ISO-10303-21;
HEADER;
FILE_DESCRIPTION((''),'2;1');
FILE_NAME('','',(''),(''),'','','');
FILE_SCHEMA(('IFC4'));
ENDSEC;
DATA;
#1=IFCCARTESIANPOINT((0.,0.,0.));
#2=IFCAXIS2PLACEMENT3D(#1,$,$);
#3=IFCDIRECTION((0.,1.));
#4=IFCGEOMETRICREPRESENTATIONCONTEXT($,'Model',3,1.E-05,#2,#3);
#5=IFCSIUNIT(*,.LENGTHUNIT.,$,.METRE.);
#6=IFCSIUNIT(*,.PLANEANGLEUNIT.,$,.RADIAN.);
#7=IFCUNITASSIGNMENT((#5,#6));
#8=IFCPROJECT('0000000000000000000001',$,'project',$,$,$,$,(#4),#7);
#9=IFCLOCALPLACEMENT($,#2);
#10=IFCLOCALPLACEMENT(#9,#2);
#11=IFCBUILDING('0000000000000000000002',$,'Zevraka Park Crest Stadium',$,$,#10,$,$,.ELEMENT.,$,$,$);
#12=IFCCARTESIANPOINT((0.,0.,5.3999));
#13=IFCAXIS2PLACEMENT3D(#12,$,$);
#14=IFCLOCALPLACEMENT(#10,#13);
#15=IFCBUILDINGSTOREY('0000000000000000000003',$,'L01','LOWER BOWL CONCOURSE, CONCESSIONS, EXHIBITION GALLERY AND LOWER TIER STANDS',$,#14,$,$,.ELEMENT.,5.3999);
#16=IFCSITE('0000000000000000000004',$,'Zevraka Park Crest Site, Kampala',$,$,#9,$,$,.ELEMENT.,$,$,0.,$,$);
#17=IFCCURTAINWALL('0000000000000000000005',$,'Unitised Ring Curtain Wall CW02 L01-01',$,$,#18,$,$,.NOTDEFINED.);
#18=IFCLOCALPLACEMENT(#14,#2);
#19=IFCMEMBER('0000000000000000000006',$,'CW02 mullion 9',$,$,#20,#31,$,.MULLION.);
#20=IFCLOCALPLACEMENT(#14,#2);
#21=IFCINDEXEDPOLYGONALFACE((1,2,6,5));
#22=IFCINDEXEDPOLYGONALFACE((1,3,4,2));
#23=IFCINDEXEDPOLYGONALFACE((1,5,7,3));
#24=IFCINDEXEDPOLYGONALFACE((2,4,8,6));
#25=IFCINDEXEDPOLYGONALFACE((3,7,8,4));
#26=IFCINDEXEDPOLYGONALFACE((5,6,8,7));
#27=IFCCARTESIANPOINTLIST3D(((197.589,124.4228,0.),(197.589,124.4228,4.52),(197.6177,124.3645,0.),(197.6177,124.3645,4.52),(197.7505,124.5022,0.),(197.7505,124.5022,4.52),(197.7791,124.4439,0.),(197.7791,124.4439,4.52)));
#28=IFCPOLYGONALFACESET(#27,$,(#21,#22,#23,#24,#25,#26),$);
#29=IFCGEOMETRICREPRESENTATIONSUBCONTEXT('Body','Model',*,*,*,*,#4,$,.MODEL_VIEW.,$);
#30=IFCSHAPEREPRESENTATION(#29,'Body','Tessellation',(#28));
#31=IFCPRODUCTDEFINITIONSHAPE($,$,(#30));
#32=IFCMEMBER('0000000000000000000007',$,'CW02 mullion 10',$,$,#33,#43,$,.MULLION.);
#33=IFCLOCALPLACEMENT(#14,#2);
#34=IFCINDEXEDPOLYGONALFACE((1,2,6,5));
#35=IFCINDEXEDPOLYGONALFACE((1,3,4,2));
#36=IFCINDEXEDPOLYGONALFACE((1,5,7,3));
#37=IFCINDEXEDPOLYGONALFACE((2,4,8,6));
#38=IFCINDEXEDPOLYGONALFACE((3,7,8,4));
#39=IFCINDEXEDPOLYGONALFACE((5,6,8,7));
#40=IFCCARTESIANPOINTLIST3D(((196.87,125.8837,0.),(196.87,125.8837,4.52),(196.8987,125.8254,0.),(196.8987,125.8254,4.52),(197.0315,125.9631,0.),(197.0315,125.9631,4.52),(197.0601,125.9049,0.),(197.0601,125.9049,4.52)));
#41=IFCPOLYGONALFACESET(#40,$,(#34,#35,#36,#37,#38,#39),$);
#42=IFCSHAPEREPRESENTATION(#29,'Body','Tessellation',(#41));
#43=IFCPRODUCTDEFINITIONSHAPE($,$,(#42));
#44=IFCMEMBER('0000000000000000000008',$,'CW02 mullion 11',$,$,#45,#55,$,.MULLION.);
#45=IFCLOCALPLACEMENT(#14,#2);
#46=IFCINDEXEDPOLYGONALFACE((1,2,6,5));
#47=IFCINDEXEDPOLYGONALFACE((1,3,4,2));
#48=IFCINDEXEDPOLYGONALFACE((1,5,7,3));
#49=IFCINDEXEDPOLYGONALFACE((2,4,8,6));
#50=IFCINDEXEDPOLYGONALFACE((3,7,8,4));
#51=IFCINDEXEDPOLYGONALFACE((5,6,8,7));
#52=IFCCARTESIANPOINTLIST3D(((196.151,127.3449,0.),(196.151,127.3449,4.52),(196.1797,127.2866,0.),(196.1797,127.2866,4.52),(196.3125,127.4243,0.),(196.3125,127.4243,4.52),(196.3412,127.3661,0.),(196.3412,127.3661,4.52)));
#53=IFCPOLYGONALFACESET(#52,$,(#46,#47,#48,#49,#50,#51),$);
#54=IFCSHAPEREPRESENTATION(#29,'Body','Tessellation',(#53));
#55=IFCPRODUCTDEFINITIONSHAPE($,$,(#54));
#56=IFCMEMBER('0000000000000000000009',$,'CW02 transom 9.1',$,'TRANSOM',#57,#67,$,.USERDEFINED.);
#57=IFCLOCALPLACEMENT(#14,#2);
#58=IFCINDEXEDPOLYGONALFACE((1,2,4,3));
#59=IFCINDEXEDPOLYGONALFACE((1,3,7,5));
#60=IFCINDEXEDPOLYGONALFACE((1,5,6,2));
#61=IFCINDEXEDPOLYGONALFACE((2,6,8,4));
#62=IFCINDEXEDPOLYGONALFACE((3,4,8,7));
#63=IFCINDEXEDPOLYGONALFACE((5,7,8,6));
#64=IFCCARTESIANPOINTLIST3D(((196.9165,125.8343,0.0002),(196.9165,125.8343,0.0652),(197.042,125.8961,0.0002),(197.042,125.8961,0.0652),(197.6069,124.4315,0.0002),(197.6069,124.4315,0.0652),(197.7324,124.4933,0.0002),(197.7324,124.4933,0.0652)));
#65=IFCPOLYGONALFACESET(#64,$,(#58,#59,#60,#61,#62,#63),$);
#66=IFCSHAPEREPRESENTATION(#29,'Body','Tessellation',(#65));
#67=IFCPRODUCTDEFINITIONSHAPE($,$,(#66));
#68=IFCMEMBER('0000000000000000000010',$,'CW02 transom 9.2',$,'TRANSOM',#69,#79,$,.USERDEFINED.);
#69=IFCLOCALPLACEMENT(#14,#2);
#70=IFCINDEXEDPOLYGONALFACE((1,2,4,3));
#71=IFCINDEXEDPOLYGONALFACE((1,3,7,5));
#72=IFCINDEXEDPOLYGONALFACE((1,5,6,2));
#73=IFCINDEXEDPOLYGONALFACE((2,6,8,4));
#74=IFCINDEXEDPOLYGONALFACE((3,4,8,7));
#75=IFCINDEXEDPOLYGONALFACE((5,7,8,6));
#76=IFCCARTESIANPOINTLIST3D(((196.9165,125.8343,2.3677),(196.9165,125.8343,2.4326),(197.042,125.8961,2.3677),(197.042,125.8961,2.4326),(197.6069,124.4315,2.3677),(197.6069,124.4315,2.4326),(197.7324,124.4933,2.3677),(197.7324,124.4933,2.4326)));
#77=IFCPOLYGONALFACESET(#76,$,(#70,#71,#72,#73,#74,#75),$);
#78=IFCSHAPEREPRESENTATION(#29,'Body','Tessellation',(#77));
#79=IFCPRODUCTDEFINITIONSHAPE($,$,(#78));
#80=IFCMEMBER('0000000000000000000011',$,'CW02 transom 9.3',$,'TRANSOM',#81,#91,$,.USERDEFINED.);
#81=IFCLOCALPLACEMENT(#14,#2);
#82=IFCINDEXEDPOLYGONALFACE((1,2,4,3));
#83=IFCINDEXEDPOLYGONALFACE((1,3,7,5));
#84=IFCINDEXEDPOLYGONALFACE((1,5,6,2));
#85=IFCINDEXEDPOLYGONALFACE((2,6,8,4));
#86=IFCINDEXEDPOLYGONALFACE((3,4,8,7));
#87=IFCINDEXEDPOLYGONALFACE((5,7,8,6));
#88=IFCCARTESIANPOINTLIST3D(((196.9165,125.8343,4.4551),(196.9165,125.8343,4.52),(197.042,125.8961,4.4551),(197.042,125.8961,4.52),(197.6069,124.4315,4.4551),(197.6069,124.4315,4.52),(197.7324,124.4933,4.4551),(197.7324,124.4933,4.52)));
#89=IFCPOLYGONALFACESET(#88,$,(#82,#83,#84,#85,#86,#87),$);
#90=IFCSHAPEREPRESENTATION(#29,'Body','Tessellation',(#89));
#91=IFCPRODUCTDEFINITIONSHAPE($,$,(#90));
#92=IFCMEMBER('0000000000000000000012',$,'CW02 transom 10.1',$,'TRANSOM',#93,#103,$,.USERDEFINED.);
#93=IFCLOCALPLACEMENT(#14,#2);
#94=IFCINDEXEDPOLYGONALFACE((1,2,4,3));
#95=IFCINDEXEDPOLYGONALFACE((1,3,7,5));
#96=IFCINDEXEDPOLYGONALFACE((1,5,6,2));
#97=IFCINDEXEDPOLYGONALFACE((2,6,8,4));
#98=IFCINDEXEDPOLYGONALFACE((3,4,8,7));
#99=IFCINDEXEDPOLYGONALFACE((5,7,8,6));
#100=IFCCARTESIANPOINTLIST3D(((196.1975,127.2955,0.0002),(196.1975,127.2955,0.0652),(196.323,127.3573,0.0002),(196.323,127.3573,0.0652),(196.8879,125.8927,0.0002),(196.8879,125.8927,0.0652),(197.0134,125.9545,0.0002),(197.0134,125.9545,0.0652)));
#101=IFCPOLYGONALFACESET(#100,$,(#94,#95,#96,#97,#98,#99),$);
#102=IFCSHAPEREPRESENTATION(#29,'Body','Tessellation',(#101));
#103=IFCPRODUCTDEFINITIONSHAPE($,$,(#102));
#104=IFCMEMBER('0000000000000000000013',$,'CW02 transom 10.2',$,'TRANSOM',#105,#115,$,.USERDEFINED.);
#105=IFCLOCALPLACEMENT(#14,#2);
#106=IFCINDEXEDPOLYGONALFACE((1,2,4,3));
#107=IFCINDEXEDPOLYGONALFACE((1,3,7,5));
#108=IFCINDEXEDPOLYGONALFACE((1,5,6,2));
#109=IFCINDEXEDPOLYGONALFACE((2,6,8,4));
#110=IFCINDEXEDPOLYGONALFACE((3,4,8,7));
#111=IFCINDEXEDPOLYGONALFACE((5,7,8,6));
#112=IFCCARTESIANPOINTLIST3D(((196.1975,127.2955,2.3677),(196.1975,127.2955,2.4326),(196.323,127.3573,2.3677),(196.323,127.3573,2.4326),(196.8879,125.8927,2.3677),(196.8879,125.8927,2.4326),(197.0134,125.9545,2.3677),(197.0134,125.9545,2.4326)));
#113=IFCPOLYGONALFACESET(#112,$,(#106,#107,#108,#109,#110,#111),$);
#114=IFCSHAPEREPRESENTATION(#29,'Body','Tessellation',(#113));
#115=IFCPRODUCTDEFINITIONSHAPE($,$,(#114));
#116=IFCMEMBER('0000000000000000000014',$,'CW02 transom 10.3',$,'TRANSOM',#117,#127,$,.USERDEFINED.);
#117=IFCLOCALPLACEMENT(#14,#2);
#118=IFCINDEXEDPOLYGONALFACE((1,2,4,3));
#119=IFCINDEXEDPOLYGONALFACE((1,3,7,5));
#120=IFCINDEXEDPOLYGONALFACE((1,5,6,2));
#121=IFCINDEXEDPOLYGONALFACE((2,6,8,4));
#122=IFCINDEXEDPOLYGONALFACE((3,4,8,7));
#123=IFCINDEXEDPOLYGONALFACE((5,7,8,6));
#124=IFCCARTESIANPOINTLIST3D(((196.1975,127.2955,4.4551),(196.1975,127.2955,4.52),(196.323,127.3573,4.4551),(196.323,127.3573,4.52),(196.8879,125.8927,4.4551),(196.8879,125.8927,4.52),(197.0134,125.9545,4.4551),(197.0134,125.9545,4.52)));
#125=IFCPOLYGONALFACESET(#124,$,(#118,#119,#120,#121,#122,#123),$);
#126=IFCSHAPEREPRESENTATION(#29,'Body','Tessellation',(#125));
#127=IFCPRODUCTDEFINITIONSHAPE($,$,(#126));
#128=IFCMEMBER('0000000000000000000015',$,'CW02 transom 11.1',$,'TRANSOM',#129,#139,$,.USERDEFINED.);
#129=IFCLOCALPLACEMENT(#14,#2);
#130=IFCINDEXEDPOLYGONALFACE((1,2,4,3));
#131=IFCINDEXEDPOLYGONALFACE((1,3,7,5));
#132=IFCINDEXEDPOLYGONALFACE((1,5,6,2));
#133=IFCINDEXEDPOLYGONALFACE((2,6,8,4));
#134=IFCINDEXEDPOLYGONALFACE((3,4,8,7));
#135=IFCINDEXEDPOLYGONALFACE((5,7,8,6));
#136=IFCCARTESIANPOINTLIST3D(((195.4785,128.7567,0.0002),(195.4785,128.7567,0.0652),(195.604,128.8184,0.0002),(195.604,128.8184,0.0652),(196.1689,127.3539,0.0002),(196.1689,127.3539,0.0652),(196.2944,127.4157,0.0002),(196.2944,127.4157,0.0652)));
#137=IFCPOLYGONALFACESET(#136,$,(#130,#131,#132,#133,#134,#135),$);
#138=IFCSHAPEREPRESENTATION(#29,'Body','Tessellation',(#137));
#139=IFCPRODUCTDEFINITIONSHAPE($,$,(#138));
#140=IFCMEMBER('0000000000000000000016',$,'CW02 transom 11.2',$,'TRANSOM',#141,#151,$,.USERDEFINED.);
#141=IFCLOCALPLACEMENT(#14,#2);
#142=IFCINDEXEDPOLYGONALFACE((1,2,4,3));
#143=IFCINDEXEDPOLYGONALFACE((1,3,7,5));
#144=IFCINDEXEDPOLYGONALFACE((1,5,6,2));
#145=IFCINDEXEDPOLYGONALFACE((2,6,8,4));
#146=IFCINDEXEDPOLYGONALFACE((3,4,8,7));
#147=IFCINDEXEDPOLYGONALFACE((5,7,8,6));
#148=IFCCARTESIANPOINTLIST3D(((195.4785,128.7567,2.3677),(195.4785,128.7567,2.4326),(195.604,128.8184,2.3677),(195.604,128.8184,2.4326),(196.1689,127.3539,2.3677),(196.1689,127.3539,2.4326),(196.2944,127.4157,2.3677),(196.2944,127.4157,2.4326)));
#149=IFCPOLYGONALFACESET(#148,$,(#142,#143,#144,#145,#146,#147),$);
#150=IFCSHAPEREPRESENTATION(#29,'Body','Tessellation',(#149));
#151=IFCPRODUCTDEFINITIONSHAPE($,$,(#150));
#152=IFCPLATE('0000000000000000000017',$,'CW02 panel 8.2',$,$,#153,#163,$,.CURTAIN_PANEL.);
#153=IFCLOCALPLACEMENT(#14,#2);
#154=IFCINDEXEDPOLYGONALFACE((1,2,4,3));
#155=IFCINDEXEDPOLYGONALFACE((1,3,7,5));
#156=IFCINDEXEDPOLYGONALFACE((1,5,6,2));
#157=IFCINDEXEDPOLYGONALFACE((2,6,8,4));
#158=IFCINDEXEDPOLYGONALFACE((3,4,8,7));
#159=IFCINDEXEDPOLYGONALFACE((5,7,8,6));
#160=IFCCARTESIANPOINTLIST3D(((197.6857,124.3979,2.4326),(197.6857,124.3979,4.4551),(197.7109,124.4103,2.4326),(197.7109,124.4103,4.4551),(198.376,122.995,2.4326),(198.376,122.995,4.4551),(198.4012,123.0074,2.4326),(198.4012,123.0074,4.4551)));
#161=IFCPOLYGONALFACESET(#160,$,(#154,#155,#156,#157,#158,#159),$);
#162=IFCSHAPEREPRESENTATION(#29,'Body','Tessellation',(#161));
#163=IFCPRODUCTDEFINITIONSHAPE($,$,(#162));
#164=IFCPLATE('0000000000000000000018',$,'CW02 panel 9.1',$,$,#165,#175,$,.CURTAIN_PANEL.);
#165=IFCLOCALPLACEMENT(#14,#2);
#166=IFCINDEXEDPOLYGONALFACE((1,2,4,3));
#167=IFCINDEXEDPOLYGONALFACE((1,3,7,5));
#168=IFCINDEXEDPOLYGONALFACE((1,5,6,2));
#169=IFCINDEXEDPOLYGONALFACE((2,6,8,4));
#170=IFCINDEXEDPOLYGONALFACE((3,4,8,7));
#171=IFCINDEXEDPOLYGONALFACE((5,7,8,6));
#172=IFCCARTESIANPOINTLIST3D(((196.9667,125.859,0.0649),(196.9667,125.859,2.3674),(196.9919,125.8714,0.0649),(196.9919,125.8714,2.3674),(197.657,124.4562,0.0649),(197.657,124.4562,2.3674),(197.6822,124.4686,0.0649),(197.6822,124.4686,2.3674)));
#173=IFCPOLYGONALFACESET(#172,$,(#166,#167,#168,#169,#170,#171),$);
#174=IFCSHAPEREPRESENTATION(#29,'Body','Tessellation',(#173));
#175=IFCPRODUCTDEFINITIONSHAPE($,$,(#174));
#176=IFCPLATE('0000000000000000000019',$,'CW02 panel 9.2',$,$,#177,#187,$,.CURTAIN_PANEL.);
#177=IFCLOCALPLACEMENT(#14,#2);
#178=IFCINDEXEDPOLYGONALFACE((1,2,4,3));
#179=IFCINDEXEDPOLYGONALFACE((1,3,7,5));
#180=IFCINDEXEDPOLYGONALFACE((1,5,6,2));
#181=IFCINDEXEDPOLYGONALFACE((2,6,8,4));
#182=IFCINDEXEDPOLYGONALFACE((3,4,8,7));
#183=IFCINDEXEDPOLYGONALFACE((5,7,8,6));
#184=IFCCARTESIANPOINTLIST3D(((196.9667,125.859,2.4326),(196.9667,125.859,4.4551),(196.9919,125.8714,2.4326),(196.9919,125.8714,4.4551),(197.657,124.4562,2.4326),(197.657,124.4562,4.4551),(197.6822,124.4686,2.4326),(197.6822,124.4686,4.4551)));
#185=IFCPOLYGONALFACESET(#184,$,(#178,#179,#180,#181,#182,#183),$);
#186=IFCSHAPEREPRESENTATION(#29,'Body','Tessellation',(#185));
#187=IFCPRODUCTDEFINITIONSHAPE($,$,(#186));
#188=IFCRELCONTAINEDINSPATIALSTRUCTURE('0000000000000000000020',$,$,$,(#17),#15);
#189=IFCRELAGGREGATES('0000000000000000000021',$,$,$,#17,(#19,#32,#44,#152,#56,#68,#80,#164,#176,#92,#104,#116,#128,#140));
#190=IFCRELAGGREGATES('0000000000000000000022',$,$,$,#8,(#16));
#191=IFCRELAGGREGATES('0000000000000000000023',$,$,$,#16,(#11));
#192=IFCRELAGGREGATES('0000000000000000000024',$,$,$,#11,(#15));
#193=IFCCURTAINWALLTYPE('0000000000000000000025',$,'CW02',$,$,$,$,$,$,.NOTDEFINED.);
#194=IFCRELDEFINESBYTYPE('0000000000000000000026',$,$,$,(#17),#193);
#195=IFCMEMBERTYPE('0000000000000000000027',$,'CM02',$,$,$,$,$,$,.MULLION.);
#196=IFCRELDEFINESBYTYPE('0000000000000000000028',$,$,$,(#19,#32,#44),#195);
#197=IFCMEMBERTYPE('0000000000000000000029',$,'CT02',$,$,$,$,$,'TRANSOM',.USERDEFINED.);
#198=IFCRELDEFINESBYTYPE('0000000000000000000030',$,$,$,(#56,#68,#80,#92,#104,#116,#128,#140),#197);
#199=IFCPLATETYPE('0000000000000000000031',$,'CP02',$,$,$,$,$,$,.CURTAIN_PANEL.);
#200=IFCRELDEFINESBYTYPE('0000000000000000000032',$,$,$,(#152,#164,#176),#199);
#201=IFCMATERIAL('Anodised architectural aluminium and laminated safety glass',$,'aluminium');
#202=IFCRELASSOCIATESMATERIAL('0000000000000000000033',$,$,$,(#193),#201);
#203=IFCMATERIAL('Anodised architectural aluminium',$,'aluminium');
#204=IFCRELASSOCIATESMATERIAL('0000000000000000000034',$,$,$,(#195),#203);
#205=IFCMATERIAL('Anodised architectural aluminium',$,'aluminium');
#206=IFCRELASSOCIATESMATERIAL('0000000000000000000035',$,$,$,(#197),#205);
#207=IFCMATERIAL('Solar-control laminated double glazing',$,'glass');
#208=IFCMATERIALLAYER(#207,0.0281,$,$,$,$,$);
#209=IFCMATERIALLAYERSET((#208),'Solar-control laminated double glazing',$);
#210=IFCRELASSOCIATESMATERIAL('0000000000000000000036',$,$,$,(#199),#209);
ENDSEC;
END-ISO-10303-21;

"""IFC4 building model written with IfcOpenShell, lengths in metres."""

from ifc_helpers import new_model, si_unit, direction, frame, origin, origin_2d, place, context, subcontext, project, spatial, rectangle, extrude, material, layer, layer_set, material_profile, profile_set, type_object, element, aggregate, save


model = new_model("IFC4")

# Units and contexts
model_context = context("Model", 3, precision=1e-05, world=origin(), true_north=direction((0.0, 1.0)))
body_context = subcontext(model_context, "Body", "Model", "MODEL_VIEW")
ifc_project = project(units=[si_unit("LENGTHUNIT", "METRE"), si_unit("PLANEANGLEUNIT", "RADIAN")], contexts=[model_context])

# Site, building, storey
site_placement = place(None, origin())
site = spatial("IfcSite", under=ifc_project, at=site_placement, Name="Zevraka Park Crest Site, Kampala", CompositionType="ELEMENT", RefElevation=0.0)
building_placement = place(site_placement, origin())
building = spatial("IfcBuilding", under=site, at=building_placement, Name="Zevraka Park Crest Stadium", CompositionType="ELEMENT")
storey_placement = place(building_placement, frame((0.0, 0.0, 5.3999)))
storey = spatial("IfcBuildingStorey", under=building, at=storey_placement, Name="L01", Description="LOWER BOWL CONCOURSE, CONCESSIONS, EXHIBITION GALLERY AND LOWER TIER STANDS", CompositionType="ELEMENT", Elevation=5.3999)

# Curtain wall, members, plates
ifc_material_1 = material(Name="Anodised architectural aluminium and laminated safety glass", Category="aluminium")
curtain_wall_type = type_object("IfcCurtainWallType", Name="CW02", PredefinedType="NOTDEFINED", material=ifc_material_1)
curtain_wall_placement = place(storey_placement, origin())
curtain_wall = element("IfcCurtainWall", 1, at=curtain_wall_placement, inside=storey, type_object=curtain_wall_type, Name="Unitised Ring Curtain Wall CW02 L01-01", PredefinedType="NOTDEFINED")
ifc_material_2 = material(Name="Anodised architectural aluminium", Category="aluminium")
ifc_material_profile_1 = material_profile(ifc_material_2, rectangle(XDim=0.1799, YDim=0.0649, at=origin_2d()), Name="ALU MULLION 180x65")
ifc_profile_set_1 = profile_set([ifc_material_profile_1], Name="Anodised architectural aluminium")
member_type_1 = type_object("IfcMemberType", Name="CM02", PredefinedType="MULLION", material=ifc_profile_set_1)
member_1_placement = place(storey_placement, frame((197.6841, 124.4333, 0.0), z_axis=(0.0, 0.0, 1.0), x_axis=(-0.897253, -0.441517, 0.0)))
member_1 = element("IfcMember", 2, at=member_1_placement, type_object=member_type_1, Name="CW02 mullion 9", PredefinedType="MULLION", context=body_context, shape_type="SweptSolid", body=[
    extrude(rectangle(XDim=0.1799, YDim=0.0649, at=origin_2d()), origin(), (0.0, 0.0, 1.0), 4.52),
])
member_2_placement = place(storey_placement, frame((196.9651, 125.8943, 0.0), z_axis=(0.0, 0.0, 1.0), x_axis=(-0.897253, -0.441517, 0.0)))
member_2 = element("IfcMember", 3, at=member_2_placement, type_object=member_type_1, Name="CW02 mullion 10", PredefinedType="MULLION", context=body_context, shape_type="SweptSolid", body=[
    extrude(rectangle(XDim=0.1799, YDim=0.0649, at=origin_2d()), origin(), (0.0, 0.0, 1.0), 4.52),
])
member_3_placement = place(storey_placement, frame((196.2461, 127.3555, 0.0), z_axis=(0.0, 0.0, 1.0), x_axis=(-0.897253, -0.441517, 0.0)))
member_3 = element("IfcMember", 4, at=member_3_placement, type_object=member_type_1, Name="CW02 mullion 11", PredefinedType="MULLION", context=body_context, shape_type="SweptSolid", body=[
    extrude(rectangle(XDim=0.1799, YDim=0.0649, at=origin_2d()), origin(), (0.0, 0.0, 1.0), 4.52),
])
ifc_material_3 = material(Name="Anodised architectural aluminium", Category="aluminium")
ifc_material_profile_2 = material_profile(ifc_material_3, rectangle(XDim=0.1399, YDim=0.0649, at=origin_2d()), Name="ALU TRANSOM 140x65")
ifc_profile_set_2 = profile_set([ifc_material_profile_2], Name="Anodised architectural aluminium")
member_type_2 = type_object("IfcMemberType", Name="CT02", ElementType="TRANSOM", PredefinedType="USERDEFINED", material=ifc_profile_set_2)
member_4_placement = place(storey_placement, frame((197.6697, 124.4624, 0.0327), z_axis=(-0.441583, 0.89722, 0.0), x_axis=(-0.89722, -0.441583, 0.0)))
member_4 = element("IfcMember", 5, at=member_4_placement, type_object=member_type_2, Name="CW02 transom 9.1", ObjectType="TRANSOM", PredefinedType="USERDEFINED", context=body_context, shape_type="SweptSolid", body=[
    extrude(rectangle(XDim=0.1399, YDim=0.0649, at=origin_2d()), origin(), (0.0, 0.0, 1.0), 1.5635),
])
member_5_placement = place(storey_placement, frame((197.6697, 124.4624, 2.4001), z_axis=(-0.441583, 0.89722, 0.0), x_axis=(-0.89722, -0.441583, 0.0)))
member_5 = element("IfcMember", 6, at=member_5_placement, type_object=member_type_2, Name="CW02 transom 9.2", ObjectType="TRANSOM", PredefinedType="USERDEFINED", context=body_context, shape_type="SweptSolid", body=[
    extrude(rectangle(XDim=0.1399, YDim=0.0649, at=origin_2d()), origin(), (0.0, 0.0, 1.0), 1.5635),
])
member_6_placement = place(storey_placement, frame((197.6697, 124.4624, 4.4875), z_axis=(-0.441583, 0.89722, 0.0), x_axis=(-0.89722, -0.441583, 0.0)))
member_6 = element("IfcMember", 7, at=member_6_placement, type_object=member_type_2, Name="CW02 transom 9.3", ObjectType="TRANSOM", PredefinedType="USERDEFINED", context=body_context, shape_type="SweptSolid", body=[
    extrude(rectangle(XDim=0.1399, YDim=0.0649, at=origin_2d()), origin(), (0.0, 0.0, 1.0), 1.5635),
])
member_7_placement = place(storey_placement, frame((196.9507, 125.9236, 0.0327), z_axis=(-0.441583, 0.89722, 0.0), x_axis=(-0.89722, -0.441583, 0.0)))
member_7 = element("IfcMember", 8, at=member_7_placement, type_object=member_type_2, Name="CW02 transom 10.1", ObjectType="TRANSOM", PredefinedType="USERDEFINED", context=body_context, shape_type="SweptSolid", body=[
    extrude(rectangle(XDim=0.1399, YDim=0.0649, at=origin_2d()), origin(), (0.0, 0.0, 1.0), 1.5635),
])
member_8_placement = place(storey_placement, frame((196.9507, 125.9236, 2.4001), z_axis=(-0.441583, 0.89722, 0.0), x_axis=(-0.89722, -0.441583, 0.0)))
member_8 = element("IfcMember", 9, at=member_8_placement, type_object=member_type_2, Name="CW02 transom 10.2", ObjectType="TRANSOM", PredefinedType="USERDEFINED", context=body_context, shape_type="SweptSolid", body=[
    extrude(rectangle(XDim=0.1399, YDim=0.0649, at=origin_2d()), origin(), (0.0, 0.0, 1.0), 1.5635),
])
member_9_placement = place(storey_placement, frame((196.9507, 125.9236, 4.4875), z_axis=(-0.441583, 0.89722, 0.0), x_axis=(-0.89722, -0.441583, 0.0)))
member_9 = element("IfcMember", 10, at=member_9_placement, type_object=member_type_2, Name="CW02 transom 10.3", ObjectType="TRANSOM", PredefinedType="USERDEFINED", context=body_context, shape_type="SweptSolid", body=[
    extrude(rectangle(XDim=0.1399, YDim=0.0649, at=origin_2d()), origin(), (0.0, 0.0, 1.0), 1.5635),
])
member_10_placement = place(storey_placement, frame((196.2317, 127.3848, 0.0327), z_axis=(-0.441583, 0.89722, 0.0), x_axis=(-0.89722, -0.441583, 0.0)))
member_10 = element("IfcMember", 11, at=member_10_placement, type_object=member_type_2, Name="CW02 transom 11.1", ObjectType="TRANSOM", PredefinedType="USERDEFINED", context=body_context, shape_type="SweptSolid", body=[
    extrude(rectangle(XDim=0.1399, YDim=0.0649, at=origin_2d()), origin(), (0.0, 0.0, 1.0), 1.5635),
])
member_11_placement = place(storey_placement, frame((196.2317, 127.3848, 2.4001), z_axis=(-0.441583, 0.89722, 0.0), x_axis=(-0.89722, -0.441583, 0.0)))
member_11 = element("IfcMember", 12, at=member_11_placement, type_object=member_type_2, Name="CW02 transom 11.2", ObjectType="TRANSOM", PredefinedType="USERDEFINED", context=body_context, shape_type="SweptSolid", body=[
    extrude(rectangle(XDim=0.1399, YDim=0.0649, at=origin_2d()), origin(), (0.0, 0.0, 1.0), 1.5635),
])
ifc_material_4 = material(Name="Solar-control laminated double glazing", Category="glass")
ifc_layer_1 = layer(ifc_material_4, 0.0281)
ifc_layer_set_1 = layer_set([ifc_layer_1], Name="Solar-control laminated double glazing")
plate_type = type_object("IfcPlateType", Name="CP02", PredefinedType="CURTAIN_PANEL", material=ifc_layer_set_1)
plate_1_placement = place(storey_placement, frame((198.0435, 123.7026, 2.4326), z_axis=(0.0, 0.0, 1.0), x_axis=(-0.441517, 0.897253, 0.0)))
plate_1 = element("IfcPlate", 13, at=plate_1_placement, type_object=plate_type, Name="CW02 panel 8.2", PredefinedType="CURTAIN_PANEL", context=body_context, shape_type="SweptSolid", body=[
    extrude(rectangle(XDim=1.5635, YDim=0.0281, at=origin_2d()), origin(), (0.0, 0.0, 1.0), 2.0225),
])
plate_2_placement = place(storey_placement, frame((197.3245, 125.1638, 0.0649), z_axis=(0.0, 0.0, 1.0), x_axis=(-0.441517, 0.897253, 0.0)))
plate_2 = element("IfcPlate", 14, at=plate_2_placement, type_object=plate_type, Name="CW02 panel 9.1", PredefinedType="CURTAIN_PANEL", context=body_context, shape_type="SweptSolid", body=[
    extrude(rectangle(XDim=1.5635, YDim=0.0281, at=origin_2d()), origin(), (0.0, 0.0, 1.0), 2.3025),
])
plate_3_placement = place(storey_placement, frame((197.3245, 125.1638, 2.4326), z_axis=(0.0, 0.0, 1.0), x_axis=(-0.441517, 0.897253, 0.0)))
plate_3 = element("IfcPlate", 15, at=plate_3_placement, type_object=plate_type, Name="CW02 panel 9.2", PredefinedType="CURTAIN_PANEL", context=body_context, shape_type="SweptSolid", body=[
    extrude(rectangle(XDim=1.5635, YDim=0.0281, at=origin_2d()), origin(), (0.0, 0.0, 1.0), 2.0225),
])
aggregate(curtain_wall, [member_1, member_2, member_3, plate_1, member_4, member_5, member_6, plate_2, plate_3, member_7, member_8, member_9, member_10, member_11])

save(model, "model.ifc")
